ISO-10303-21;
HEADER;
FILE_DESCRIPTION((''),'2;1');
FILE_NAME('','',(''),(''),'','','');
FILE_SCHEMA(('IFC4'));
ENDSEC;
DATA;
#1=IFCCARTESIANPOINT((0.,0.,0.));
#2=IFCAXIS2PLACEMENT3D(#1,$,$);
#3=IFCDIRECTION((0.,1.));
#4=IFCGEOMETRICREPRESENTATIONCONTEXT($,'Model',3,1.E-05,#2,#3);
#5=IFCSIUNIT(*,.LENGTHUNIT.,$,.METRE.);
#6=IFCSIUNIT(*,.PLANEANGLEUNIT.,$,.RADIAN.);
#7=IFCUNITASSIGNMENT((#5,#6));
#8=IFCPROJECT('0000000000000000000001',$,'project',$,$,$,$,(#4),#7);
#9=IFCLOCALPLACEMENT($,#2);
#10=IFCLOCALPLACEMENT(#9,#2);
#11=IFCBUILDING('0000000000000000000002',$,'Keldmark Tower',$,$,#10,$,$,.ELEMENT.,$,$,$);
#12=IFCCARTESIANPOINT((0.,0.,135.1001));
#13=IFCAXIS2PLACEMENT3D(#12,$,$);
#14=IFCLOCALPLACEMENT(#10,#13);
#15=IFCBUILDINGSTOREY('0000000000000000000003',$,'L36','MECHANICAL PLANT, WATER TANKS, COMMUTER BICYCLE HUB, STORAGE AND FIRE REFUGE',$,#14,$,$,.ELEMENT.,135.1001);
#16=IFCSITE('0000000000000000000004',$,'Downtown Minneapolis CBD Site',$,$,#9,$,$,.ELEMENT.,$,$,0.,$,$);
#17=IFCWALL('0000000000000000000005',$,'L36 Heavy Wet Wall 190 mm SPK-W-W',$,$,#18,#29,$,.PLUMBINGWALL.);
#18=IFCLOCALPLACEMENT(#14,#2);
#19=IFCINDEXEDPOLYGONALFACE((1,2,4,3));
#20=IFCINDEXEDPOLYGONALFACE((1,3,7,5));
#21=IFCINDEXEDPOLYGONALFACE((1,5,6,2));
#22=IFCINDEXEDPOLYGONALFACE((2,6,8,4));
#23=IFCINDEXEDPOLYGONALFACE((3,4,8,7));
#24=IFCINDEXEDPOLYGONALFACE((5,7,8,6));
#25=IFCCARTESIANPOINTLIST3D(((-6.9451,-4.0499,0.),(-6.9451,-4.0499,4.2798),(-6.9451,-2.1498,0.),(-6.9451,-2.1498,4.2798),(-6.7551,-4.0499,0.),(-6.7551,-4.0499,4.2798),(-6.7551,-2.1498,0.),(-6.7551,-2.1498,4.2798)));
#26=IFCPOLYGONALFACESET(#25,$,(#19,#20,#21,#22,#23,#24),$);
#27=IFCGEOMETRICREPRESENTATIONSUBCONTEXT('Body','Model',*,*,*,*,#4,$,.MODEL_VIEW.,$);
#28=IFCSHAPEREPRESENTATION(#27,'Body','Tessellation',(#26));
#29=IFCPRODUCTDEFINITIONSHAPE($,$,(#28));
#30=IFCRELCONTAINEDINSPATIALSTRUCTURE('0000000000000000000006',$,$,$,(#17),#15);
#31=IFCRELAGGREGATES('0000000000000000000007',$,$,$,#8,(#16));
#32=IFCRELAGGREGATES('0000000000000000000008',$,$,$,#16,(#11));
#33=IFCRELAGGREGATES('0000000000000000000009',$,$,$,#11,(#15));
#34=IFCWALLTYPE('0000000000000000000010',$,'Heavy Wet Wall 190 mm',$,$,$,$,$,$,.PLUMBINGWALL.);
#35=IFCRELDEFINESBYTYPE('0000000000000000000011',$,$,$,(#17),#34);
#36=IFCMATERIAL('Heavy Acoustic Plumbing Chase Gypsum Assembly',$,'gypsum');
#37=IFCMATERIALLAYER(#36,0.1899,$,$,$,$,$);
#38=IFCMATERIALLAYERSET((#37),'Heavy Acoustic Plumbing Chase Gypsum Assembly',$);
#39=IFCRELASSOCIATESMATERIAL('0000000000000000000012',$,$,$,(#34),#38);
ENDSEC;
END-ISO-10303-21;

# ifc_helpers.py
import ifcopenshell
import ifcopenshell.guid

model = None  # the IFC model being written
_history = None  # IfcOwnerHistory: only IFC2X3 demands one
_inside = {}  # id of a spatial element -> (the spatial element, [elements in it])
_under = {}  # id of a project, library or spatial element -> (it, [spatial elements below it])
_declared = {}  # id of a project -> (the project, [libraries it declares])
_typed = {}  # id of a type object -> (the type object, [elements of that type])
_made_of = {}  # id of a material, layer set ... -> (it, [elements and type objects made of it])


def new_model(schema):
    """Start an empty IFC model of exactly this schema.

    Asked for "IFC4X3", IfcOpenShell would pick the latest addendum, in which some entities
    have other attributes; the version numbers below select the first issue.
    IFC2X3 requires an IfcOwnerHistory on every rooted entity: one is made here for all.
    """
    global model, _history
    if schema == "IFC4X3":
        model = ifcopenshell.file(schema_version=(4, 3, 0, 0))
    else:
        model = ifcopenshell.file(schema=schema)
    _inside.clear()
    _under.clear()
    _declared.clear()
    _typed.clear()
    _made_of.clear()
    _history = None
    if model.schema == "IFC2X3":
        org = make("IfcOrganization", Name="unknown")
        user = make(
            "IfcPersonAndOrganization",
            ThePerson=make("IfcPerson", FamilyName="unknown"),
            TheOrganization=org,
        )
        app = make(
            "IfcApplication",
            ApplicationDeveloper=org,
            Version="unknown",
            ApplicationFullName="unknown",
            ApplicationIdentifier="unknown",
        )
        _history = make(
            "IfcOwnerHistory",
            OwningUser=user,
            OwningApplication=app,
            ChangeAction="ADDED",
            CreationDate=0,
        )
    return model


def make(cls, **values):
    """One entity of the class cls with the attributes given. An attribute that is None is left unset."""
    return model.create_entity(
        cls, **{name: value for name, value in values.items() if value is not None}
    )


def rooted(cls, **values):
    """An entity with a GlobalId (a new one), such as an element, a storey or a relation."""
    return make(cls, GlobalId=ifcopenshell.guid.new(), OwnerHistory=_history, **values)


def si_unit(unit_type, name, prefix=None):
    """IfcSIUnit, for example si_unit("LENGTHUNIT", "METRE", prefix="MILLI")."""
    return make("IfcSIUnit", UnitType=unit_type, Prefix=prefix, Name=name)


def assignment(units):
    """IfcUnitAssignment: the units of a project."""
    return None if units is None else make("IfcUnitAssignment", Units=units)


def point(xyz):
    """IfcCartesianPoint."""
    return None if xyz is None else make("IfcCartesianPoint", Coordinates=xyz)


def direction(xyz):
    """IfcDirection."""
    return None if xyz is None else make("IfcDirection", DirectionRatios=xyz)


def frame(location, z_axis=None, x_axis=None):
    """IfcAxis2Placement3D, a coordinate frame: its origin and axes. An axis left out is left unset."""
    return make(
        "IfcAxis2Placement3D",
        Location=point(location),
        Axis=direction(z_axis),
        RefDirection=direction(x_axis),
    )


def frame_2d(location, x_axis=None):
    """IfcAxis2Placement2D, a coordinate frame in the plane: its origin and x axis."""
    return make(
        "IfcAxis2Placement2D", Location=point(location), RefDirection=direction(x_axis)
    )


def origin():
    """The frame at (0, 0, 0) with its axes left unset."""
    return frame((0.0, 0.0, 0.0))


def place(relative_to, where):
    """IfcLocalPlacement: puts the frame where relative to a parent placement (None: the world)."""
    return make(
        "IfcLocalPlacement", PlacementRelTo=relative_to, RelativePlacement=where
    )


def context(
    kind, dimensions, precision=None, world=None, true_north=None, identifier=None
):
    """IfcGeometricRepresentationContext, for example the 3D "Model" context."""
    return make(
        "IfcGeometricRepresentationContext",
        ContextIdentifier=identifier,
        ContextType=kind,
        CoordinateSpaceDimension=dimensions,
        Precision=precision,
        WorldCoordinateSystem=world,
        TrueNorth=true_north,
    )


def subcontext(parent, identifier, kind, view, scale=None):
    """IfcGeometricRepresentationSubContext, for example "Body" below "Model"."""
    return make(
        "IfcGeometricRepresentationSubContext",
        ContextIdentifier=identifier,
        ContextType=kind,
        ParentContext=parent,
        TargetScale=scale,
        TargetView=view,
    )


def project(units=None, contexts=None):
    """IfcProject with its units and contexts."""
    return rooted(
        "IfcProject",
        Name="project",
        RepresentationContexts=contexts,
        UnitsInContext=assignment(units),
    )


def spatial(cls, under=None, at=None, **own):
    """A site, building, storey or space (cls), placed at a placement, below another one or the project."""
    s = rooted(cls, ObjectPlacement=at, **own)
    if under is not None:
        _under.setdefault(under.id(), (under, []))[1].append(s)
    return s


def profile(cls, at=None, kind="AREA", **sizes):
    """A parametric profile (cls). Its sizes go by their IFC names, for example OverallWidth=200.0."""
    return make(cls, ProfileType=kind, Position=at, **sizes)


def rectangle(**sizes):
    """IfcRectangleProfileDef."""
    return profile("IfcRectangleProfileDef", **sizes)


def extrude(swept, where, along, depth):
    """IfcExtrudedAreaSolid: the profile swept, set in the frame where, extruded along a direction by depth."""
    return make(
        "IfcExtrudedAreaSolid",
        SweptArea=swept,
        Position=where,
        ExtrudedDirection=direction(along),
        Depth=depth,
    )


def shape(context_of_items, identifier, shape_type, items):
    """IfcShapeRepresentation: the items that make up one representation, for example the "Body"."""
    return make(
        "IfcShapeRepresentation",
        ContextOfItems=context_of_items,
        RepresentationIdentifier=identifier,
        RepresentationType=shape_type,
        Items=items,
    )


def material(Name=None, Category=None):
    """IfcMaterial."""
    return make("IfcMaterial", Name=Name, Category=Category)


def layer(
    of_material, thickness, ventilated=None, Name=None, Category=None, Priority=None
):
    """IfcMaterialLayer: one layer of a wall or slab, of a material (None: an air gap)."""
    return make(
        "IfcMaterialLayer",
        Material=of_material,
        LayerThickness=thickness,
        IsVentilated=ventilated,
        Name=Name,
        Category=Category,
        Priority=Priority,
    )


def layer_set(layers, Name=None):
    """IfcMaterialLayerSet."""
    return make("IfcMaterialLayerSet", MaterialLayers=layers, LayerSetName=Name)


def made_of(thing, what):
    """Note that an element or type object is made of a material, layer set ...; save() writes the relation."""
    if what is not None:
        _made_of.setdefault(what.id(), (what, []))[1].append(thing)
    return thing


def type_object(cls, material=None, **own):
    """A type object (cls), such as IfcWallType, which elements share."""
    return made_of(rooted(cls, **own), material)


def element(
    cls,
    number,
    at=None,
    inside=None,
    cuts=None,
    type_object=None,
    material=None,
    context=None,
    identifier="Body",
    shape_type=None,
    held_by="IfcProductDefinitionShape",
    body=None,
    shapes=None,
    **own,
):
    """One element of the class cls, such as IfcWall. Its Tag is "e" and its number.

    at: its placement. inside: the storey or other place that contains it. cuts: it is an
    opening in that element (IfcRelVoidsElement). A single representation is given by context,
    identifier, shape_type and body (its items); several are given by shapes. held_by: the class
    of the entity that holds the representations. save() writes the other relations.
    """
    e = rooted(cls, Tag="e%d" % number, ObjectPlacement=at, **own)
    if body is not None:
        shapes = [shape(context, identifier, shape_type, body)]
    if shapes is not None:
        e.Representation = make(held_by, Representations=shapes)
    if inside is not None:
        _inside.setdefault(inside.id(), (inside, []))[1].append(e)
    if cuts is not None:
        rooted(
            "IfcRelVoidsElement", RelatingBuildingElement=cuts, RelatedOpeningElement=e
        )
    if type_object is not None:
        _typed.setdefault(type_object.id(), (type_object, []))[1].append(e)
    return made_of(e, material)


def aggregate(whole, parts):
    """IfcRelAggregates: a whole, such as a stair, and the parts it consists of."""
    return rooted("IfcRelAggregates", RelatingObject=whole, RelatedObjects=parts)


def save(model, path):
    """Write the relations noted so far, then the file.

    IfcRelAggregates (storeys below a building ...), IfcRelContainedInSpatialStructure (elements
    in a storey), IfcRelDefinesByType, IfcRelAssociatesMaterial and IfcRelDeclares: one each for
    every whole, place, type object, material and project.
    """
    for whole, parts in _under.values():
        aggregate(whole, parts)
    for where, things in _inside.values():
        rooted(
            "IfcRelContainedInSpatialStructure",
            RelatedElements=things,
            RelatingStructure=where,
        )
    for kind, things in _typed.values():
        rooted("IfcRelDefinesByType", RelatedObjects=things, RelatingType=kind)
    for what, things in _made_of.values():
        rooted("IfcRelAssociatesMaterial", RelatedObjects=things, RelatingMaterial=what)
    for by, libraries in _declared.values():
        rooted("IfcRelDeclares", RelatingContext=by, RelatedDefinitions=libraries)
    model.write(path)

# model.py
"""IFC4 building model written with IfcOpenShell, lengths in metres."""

from ifc_helpers import new_model, si_unit, direction, frame, frame_2d, origin, place, context, subcontext, project, spatial, rectangle, extrude, material, layer, layer_set, type_object, element, save


model = new_model("IFC4")

# Units and contexts
model_context = context("Model", 3, precision=1e-05, world=origin(), true_north=direction((0.0, 1.0)))
body_context = subcontext(model_context, "Body", "Model", "MODEL_VIEW")
ifc_project = project(units=[si_unit("LENGTHUNIT", "METRE"), si_unit("PLANEANGLEUNIT", "RADIAN")], contexts=[model_context])

# Site, building, storey
site_placement = place(None, origin())
site = spatial("IfcSite", under=ifc_project, at=site_placement, Name="Downtown Minneapolis CBD Site", CompositionType="ELEMENT", RefElevation=0.0)
building_placement = place(site_placement, origin())
building = spatial("IfcBuilding", under=site, at=building_placement, Name="Keldmark Tower", CompositionType="ELEMENT")
storey_placement = place(building_placement, frame((0.0, 0.0, 135.1001)))
storey = spatial("IfcBuildingStorey", under=building, at=storey_placement, Name="L36", Description="MECHANICAL PLANT, WATER TANKS, COMMUTER BICYCLE HUB, STORAGE AND FIRE REFUGE", CompositionType="ELEMENT", Elevation=135.1001)

# Shared definitions
ifc_material_1 = material(Name="Heavy Acoustic Plumbing Chase Gypsum Assembly", Category="gypsum")
ifc_layer_1 = layer(ifc_material_1, 0.1899)
ifc_layer_set_1 = layer_set([ifc_layer_1], Name="Heavy Acoustic Plumbing Chase Gypsum Assembly")
wall_type_1 = type_object("IfcWallType", Name="Heavy Wet Wall 190 mm", PredefinedType="PLUMBINGWALL", material=ifc_layer_set_1)

# Wall
wall_1_placement = place(storey_placement, frame((-6.8501, -4.05, 0.0), z_axis=(0.0, 0.0, 1.0), x_axis=(0.0, 1.0, 0.0)))
element("IfcWall", 1, at=wall_1_placement, inside=storey, type_object=wall_type_1, Name="L36 Heavy Wet Wall 190 mm SPK-W-W", PredefinedType="PLUMBINGWALL", context=body_context, shape_type="SweptSolid", body=[
    extrude(rectangle(XDim=1.9001, YDim=0.1899, at=frame_2d((0.9502, 0.0))), origin(), (0.0, 0.0, 1.0), 4.2798),
])

save(model, "model.ifc")
